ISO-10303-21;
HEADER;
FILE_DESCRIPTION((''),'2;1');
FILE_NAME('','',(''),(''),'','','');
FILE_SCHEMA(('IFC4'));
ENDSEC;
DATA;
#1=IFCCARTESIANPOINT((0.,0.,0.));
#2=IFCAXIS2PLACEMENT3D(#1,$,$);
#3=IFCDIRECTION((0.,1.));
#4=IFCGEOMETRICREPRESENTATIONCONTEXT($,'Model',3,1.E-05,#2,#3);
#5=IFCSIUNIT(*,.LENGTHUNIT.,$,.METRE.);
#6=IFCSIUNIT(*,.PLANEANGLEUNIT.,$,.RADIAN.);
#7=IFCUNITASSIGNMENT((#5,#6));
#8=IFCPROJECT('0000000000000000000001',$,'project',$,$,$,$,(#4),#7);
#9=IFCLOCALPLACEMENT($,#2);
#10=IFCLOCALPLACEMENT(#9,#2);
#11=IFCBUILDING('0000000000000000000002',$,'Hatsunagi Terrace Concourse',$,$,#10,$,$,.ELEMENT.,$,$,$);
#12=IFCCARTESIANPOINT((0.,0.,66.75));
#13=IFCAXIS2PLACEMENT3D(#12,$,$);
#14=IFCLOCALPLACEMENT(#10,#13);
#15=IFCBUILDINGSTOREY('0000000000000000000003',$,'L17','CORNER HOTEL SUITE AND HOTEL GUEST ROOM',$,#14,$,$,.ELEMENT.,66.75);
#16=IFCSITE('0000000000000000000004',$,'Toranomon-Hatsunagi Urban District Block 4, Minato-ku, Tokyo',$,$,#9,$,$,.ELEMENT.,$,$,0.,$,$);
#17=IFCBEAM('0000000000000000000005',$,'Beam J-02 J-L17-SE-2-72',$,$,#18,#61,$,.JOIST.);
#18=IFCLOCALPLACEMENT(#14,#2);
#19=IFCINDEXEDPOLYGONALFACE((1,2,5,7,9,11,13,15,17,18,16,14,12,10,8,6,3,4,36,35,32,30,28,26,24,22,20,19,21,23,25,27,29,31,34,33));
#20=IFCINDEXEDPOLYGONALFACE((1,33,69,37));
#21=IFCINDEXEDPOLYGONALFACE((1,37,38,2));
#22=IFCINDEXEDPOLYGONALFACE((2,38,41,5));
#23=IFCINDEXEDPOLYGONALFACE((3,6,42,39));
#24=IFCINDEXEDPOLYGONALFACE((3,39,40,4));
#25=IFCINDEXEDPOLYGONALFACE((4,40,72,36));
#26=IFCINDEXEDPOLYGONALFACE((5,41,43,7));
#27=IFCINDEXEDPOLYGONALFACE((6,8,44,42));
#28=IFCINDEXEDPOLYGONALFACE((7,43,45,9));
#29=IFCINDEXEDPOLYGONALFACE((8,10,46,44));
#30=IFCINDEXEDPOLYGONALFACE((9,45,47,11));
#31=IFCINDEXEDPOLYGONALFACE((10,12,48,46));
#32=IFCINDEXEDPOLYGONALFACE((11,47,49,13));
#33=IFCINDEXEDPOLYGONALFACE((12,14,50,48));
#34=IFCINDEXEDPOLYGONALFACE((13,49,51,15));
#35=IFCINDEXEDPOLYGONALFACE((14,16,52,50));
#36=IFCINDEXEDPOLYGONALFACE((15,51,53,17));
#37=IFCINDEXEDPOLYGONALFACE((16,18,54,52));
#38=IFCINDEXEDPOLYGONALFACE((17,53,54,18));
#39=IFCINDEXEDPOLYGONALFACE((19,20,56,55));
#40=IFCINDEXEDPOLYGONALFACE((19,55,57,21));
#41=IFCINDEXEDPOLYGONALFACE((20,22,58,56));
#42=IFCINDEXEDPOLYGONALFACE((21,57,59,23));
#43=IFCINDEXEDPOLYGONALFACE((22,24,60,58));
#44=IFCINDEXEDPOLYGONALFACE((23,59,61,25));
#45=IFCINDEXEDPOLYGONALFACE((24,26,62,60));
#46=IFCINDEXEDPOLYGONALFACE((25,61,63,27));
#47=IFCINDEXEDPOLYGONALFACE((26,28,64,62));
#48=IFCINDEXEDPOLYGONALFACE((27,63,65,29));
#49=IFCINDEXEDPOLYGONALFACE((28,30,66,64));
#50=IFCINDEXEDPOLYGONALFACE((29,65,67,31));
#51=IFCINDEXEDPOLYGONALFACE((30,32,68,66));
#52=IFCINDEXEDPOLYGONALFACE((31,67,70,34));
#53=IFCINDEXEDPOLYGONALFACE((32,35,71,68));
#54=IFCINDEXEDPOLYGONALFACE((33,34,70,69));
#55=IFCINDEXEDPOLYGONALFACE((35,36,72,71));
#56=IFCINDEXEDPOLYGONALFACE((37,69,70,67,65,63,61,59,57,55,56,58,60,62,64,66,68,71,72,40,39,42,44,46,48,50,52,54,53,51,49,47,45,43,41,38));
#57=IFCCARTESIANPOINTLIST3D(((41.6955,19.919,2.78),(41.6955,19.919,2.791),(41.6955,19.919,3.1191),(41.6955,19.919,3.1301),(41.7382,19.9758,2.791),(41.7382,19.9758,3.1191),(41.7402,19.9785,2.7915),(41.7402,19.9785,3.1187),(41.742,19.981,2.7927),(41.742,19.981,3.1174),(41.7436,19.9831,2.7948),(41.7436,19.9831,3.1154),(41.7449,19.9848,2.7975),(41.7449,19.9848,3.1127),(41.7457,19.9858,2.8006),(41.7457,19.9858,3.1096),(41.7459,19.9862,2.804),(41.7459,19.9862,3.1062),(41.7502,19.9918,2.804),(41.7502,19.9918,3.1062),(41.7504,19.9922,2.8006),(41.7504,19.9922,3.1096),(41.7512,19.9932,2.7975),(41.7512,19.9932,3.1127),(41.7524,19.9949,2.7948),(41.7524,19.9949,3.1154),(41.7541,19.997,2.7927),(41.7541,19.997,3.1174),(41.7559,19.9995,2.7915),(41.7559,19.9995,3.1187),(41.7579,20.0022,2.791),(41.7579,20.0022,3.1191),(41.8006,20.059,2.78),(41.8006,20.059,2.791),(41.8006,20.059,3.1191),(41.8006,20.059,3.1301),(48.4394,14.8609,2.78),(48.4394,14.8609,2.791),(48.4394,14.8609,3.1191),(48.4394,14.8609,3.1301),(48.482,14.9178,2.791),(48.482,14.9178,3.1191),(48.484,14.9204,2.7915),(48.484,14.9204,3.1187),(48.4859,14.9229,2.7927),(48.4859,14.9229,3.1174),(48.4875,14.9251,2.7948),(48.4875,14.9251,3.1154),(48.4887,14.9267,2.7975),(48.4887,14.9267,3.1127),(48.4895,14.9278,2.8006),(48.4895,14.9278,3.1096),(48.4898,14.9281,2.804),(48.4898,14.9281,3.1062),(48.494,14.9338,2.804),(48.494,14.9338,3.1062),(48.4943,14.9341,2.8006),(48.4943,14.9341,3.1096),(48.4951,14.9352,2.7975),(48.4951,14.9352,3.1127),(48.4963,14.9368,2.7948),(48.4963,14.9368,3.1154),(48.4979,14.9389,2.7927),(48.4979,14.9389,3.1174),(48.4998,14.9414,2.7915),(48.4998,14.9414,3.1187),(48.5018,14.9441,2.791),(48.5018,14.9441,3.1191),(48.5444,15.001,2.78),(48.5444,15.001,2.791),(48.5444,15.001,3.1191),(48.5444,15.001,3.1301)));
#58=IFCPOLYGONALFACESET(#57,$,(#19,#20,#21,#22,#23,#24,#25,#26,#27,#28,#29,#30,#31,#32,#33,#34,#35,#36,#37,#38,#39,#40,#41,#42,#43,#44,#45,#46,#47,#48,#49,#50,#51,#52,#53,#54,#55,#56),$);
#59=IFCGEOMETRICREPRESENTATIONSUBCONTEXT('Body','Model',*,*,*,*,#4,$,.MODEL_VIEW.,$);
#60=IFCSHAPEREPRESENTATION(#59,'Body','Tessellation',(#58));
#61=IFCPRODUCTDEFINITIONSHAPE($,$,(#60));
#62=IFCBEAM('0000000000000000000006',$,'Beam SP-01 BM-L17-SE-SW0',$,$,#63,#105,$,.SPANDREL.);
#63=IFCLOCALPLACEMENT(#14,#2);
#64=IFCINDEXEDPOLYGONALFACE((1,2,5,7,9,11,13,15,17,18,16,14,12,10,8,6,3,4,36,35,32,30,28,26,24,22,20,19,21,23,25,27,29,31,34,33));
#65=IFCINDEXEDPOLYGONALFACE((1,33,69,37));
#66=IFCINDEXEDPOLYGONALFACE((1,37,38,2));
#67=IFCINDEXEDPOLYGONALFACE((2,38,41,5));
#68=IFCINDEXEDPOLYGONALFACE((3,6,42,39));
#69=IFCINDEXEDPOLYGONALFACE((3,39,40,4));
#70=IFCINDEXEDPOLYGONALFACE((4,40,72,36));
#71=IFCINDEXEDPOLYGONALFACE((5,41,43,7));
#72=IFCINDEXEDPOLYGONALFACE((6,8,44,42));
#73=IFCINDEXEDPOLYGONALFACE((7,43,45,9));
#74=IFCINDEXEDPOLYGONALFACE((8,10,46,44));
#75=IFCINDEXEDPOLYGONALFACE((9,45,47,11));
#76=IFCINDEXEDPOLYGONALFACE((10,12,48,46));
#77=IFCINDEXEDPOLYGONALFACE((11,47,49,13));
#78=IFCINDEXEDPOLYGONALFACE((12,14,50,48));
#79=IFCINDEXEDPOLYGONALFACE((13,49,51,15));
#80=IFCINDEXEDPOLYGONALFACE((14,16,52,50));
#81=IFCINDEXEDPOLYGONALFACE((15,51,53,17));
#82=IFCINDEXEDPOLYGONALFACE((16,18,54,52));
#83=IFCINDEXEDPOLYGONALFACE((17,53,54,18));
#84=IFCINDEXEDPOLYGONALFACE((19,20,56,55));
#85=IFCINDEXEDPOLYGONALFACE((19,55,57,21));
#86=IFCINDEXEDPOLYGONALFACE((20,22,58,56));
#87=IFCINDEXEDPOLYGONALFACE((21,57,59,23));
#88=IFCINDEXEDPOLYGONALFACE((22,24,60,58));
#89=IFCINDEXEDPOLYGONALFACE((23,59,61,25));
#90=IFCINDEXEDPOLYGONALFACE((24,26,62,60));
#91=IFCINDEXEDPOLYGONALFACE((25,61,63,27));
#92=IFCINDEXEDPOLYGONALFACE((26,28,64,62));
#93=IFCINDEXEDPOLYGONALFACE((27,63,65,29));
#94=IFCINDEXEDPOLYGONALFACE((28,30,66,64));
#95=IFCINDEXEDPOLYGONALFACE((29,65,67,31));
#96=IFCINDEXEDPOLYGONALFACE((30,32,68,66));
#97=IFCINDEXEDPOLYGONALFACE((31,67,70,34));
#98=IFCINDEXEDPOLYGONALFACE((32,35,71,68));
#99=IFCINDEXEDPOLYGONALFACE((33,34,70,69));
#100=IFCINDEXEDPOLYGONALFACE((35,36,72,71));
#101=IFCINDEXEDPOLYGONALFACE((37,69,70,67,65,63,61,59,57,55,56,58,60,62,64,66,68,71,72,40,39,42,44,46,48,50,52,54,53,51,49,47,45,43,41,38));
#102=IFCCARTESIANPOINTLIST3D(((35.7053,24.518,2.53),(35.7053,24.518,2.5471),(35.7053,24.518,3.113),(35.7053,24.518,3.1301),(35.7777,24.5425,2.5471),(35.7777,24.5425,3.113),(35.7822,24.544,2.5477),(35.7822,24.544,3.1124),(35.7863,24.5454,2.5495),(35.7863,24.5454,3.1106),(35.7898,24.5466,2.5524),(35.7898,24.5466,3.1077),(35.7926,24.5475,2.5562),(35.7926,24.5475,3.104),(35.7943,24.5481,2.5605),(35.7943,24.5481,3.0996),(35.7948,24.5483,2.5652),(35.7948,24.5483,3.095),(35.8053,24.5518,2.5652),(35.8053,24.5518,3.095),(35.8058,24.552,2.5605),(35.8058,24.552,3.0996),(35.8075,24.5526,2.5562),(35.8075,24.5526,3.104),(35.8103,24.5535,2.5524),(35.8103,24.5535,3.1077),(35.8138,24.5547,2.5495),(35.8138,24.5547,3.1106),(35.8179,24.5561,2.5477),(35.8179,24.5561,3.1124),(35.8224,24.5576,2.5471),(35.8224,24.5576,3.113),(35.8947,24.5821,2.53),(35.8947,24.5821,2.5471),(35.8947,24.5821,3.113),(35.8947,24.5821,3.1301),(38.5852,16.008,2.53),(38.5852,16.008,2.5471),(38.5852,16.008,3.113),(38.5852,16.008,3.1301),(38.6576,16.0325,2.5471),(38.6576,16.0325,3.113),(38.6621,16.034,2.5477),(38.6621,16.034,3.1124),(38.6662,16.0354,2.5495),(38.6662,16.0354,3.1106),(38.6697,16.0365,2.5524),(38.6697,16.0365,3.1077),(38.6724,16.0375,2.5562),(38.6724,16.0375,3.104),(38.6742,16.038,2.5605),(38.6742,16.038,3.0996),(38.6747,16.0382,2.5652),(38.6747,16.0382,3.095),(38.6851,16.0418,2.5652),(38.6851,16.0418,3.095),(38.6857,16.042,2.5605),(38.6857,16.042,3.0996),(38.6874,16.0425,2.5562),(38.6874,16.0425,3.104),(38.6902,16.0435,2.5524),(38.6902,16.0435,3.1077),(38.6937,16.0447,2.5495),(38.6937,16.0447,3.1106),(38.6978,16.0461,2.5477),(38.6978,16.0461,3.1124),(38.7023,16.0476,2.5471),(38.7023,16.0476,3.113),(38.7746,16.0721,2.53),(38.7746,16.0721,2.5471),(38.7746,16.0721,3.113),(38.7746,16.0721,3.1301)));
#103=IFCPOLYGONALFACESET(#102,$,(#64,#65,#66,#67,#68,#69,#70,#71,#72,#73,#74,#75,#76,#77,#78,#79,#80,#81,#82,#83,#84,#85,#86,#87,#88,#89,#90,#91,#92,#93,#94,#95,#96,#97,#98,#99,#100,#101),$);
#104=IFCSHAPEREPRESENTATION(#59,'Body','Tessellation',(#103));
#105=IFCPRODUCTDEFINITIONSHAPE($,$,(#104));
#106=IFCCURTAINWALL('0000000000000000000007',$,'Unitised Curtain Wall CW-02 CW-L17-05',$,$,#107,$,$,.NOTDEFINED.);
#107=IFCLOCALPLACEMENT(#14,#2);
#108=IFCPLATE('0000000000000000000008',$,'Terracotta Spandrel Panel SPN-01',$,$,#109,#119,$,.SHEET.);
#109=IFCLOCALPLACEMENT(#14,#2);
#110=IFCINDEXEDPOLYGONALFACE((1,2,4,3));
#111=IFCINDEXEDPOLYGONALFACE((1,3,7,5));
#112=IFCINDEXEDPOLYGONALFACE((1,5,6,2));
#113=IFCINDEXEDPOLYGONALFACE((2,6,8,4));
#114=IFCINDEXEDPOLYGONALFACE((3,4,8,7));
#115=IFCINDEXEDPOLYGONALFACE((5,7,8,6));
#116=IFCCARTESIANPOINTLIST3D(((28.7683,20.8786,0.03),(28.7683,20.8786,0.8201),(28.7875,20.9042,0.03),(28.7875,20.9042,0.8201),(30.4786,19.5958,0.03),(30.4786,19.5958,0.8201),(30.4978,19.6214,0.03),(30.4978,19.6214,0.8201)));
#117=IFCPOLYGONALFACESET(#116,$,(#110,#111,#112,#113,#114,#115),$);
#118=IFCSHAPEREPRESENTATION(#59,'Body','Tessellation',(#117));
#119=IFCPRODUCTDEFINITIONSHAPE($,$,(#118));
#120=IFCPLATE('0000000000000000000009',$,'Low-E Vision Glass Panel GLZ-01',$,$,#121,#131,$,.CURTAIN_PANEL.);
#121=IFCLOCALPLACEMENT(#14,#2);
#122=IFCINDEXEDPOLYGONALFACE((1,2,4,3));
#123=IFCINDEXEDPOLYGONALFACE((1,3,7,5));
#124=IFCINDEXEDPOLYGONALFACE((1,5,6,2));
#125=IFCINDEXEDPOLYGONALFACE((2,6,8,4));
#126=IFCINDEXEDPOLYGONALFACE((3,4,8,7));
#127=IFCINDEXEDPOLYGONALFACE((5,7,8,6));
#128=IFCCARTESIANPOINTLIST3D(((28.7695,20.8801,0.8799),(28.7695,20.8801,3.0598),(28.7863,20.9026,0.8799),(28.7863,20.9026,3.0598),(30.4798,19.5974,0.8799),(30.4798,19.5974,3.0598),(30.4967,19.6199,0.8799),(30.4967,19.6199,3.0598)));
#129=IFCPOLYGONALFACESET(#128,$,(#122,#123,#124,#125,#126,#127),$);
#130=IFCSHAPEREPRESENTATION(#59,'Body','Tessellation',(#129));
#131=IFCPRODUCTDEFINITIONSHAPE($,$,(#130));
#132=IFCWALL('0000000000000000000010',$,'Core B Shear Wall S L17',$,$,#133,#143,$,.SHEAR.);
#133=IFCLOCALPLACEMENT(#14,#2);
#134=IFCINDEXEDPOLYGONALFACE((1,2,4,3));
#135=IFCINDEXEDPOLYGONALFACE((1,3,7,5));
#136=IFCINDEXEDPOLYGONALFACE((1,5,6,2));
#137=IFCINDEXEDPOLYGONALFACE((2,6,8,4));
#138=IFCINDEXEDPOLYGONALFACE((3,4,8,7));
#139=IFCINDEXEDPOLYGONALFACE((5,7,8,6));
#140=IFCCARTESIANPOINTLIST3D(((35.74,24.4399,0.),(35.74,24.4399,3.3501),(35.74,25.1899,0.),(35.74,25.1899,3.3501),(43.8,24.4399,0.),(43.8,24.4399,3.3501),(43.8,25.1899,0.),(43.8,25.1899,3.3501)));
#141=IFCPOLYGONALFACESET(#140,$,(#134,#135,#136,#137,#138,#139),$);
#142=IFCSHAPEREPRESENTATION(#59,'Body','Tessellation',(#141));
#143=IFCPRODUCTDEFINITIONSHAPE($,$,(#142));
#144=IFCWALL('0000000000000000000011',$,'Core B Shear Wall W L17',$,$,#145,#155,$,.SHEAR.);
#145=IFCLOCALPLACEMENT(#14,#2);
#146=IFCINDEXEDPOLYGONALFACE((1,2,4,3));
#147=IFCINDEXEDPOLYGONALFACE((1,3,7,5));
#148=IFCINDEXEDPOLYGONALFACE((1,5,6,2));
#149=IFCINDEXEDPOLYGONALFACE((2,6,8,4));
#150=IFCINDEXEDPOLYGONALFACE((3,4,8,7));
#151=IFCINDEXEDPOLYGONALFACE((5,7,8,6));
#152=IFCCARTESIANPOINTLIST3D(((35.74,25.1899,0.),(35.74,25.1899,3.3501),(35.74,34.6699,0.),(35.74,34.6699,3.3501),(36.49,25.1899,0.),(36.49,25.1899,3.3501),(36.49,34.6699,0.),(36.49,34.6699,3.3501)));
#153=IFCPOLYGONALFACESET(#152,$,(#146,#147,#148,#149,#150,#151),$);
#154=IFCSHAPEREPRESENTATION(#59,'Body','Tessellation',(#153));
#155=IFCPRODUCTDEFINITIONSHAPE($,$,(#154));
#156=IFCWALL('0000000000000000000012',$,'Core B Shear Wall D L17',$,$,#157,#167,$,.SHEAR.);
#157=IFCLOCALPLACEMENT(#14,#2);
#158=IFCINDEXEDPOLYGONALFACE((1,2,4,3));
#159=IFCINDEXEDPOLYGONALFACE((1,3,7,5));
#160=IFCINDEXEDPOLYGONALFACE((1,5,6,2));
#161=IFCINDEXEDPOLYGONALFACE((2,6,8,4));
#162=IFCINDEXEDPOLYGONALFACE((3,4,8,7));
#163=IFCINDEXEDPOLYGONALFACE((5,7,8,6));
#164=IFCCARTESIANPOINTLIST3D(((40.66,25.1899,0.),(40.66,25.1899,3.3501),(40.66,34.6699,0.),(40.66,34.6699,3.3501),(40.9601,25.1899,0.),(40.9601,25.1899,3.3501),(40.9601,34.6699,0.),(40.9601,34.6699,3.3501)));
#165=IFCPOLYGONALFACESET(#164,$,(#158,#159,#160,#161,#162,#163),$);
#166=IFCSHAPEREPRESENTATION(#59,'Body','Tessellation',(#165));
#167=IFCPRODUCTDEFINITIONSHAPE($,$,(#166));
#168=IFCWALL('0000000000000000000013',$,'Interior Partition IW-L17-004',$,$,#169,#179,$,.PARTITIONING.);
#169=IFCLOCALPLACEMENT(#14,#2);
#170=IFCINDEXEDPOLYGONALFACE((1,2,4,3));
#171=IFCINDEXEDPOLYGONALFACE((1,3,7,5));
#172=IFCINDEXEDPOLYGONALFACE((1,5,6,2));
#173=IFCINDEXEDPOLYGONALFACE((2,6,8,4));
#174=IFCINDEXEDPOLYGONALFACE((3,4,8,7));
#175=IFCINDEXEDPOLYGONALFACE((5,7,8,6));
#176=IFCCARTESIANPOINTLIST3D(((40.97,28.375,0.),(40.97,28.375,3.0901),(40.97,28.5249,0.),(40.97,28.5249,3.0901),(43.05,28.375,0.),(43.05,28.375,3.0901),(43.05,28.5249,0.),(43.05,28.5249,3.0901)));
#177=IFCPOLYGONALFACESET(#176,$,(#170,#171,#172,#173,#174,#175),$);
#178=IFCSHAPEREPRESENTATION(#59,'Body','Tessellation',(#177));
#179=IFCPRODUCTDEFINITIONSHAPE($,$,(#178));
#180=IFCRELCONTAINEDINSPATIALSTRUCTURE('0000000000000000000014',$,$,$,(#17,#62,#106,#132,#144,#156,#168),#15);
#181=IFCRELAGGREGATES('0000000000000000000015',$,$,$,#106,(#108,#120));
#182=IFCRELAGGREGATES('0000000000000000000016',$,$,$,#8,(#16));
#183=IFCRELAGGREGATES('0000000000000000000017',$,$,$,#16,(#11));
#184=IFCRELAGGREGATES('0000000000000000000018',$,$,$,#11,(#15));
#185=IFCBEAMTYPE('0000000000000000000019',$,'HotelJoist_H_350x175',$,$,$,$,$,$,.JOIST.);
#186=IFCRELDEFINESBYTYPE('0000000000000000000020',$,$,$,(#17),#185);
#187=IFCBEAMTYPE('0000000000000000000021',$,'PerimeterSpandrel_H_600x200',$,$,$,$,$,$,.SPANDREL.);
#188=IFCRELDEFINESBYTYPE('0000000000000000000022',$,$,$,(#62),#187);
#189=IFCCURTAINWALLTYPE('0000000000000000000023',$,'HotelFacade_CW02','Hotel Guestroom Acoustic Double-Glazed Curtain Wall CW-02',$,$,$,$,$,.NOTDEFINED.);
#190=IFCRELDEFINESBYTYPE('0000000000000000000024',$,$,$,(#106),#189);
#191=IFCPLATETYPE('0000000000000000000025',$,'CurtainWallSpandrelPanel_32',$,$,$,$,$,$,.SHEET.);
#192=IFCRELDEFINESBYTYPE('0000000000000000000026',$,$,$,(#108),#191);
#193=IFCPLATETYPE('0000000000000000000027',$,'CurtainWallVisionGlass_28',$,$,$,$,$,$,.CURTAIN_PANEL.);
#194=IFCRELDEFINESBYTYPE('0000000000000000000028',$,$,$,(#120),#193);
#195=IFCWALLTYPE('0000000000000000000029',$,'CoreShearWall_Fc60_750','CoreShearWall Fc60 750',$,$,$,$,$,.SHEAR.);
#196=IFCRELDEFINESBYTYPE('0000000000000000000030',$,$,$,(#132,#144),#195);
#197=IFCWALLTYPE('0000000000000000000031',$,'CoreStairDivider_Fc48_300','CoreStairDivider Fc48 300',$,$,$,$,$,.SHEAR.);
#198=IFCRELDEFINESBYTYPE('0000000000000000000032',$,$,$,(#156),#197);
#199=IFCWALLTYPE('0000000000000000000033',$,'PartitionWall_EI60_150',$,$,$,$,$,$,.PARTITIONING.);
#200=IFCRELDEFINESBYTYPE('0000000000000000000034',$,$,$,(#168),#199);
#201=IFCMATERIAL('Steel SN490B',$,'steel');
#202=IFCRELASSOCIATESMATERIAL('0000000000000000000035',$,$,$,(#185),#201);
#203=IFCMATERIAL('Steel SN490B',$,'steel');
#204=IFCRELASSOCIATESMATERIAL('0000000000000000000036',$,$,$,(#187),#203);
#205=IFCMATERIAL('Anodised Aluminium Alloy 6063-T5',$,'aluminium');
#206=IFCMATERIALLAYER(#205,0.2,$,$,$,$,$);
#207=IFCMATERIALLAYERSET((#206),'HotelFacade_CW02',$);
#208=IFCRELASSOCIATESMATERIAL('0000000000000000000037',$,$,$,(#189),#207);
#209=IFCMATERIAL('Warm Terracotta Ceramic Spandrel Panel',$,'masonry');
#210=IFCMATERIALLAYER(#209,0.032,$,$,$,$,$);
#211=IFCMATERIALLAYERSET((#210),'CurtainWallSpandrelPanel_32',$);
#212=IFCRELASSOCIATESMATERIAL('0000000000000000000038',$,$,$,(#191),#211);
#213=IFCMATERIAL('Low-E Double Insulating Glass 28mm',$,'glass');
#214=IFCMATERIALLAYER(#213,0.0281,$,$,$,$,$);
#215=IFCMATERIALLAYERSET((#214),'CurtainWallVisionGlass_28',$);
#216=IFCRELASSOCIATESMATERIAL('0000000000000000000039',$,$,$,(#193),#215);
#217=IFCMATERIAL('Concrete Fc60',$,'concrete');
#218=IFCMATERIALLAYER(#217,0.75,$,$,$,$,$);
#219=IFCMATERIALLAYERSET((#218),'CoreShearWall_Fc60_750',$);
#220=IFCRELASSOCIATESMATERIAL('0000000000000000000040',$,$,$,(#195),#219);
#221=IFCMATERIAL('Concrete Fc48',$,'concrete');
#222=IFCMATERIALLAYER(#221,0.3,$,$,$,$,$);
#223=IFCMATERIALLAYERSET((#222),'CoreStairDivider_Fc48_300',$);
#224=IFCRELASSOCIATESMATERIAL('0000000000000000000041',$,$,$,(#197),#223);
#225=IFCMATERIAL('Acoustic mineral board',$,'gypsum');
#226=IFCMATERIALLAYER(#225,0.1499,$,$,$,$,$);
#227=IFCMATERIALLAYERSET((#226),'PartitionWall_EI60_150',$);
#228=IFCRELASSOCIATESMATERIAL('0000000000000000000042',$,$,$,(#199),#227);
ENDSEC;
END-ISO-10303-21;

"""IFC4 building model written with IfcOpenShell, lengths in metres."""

from ifc_helpers import new_model, si_unit, direction, frame, frame_2d, origin, origin_2d, place, context, subcontext, project, spatial, rectangle, i_section, extrude, material, layer, layer_set, material_profile, profile_set, type_object, element, aggregate, save


model = new_model("IFC4")

# Units and contexts
model_context = context("Model", 3, precision=1e-05, world=origin(), true_north=direction((0.0, 1.0)))
body_context = subcontext(model_context, "Body", "Model", "MODEL_VIEW")
ifc_project = project(units=[si_unit("LENGTHUNIT", "METRE"), si_unit("PLANEANGLEUNIT", "RADIAN")], contexts=[model_context])

# Site, building, storey
site_placement = place(None, origin())
site = spatial("IfcSite", under=ifc_project, at=site_placement, Name="Toranomon-Hatsunagi Urban District Block 4, Minato-ku, Tokyo", CompositionType="ELEMENT", RefElevation=0.0)
building_placement = place(site_placement, origin())
building = spatial("IfcBuilding", under=site, at=building_placement, Name="Hatsunagi Terrace Concourse", CompositionType="ELEMENT")
storey_placement = place(building_placement, frame((0.0, 0.0, 66.75)))
storey = spatial("IfcBuildingStorey", under=building, at=storey_placement, Name="L17", Description="CORNER HOTEL SUITE AND HOTEL GUEST ROOM", CompositionType="ELEMENT", Elevation=66.75)

# Beams
ifc_material_1 = material(Name="Steel SN490B", Category="steel")
ifc_material_profile_1 = material_profile(ifc_material_1, i_section(OverallWidth=0.175, OverallDepth=0.3501, WebThickness=0.0071, FlangeThickness=0.011, FilletRadius=0.0129, at=origin_2d()), Name="H-350x175x7x11")
ifc_profile_set_1 = profile_set([ifc_material_profile_1], Name="Steel SN490B")
beam_type_1 = type_object("IfcBeamType", Name="HotelJoist_H_350x175", PredefinedType="JOIST", material=ifc_profile_set_1)
beam_1_placement = place(storey_placement, frame((41.748, 19.989, 2.9551), z_axis=(0.79999, -0.600014, 0.0), x_axis=(0.600014, 0.79999, 0.0)))
element("IfcBeam", 1, at=beam_1_placement, inside=storey, type_object=beam_type_1, Name="Beam J-02 J-L17-SE-2-72", PredefinedType="JOIST", context=body_context, shape_type="SweptSolid", body=[
    extrude(i_section(OverallWidth=0.175, OverallDepth=0.3501, WebThickness=0.0071, FlangeThickness=0.011, FilletRadius=0.0129, at=origin_2d()), origin(), (0.0, 0.0, 1.0), 8.4299),
])
ifc_material_2 = material(Name="Steel SN490B", Category="steel")
ifc_material_profile_2 = material_profile(ifc_material_2, i_section(OverallWidth=0.2, OverallDepth=0.6001, WebThickness=0.011, FlangeThickness=0.0171, FilletRadius=0.0181, at=origin_2d()), Name="H-600x200x11x17")
ifc_profile_set_2 = profile_set([ifc_material_profile_2], Name="Steel SN490B")
beam_type_2 = type_object("IfcBeamType", Name="PerimeterSpandrel_H_600x200", PredefinedType="SPANDREL", material=ifc_profile_set_2)
beam_2_placement = place(storey_placement, frame((35.8, 24.55, 2.8301), z_axis=(0.320553, -0.94723, 0.0), x_axis=(0.94723, 0.320553, 0.0)))
element("IfcBeam", 2, at=beam_2_placement, inside=storey, type_object=beam_type_2, Name="Beam SP-01 BM-L17-SE-SW0", PredefinedType="SPANDREL", context=body_context, shape_type="SweptSolid", body=[
    extrude(i_section(OverallWidth=0.2, OverallDepth=0.6001, WebThickness=0.011, FlangeThickness=0.0171, FilletRadius=0.0181, at=origin_2d()), origin(), (0.0, 0.0, 1.0), 8.9841),
])

# Curtain wall, plates
ifc_material_3 = material(Name="Anodised Aluminium Alloy 6063-T5", Category="aluminium")
ifc_layer_1 = layer(ifc_material_3, 0.2)
ifc_layer_set_1 = layer_set([ifc_layer_1], Name="HotelFacade_CW02")
curtain_wall_type = type_object("IfcCurtainWallType", Name="HotelFacade_CW02", Description="Hotel Guestroom Acoustic Double-Glazed Curtain Wall CW-02", PredefinedType="NOTDEFINED", material=ifc_layer_set_1)
curtain_wall_placement = place(storey_placement, origin())
curtain_wall = element("IfcCurtainWall", 3, at=curtain_wall_placement, inside=storey, type_object=curtain_wall_type, Name="Unitised Curtain Wall CW-02 CW-L17-05", PredefinedType="NOTDEFINED")
ifc_material_4 = material(Name="Warm Terracotta Ceramic Spandrel Panel", Category="masonry")
ifc_layer_2 = layer(ifc_material_4, 0.032)
ifc_layer_set_2 = layer_set([ifc_layer_2], Name="CurtainWallSpandrelPanel_32")
plate_type_1 = type_object("IfcPlateType", Name="CurtainWallSpandrelPanel_32", PredefinedType="SHEET", material=ifc_layer_set_2)
plate_1_placement = place(storey_placement, frame((29.6331, 20.25, 0.03), z_axis=(0.0, 0.0, 1.0), x_axis=(-0.800003, 0.599996, 0.0)))
plate_1 = element("IfcPlate", 4, at=plate_1_placement, type_object=plate_type_1, Name="Terracotta Spandrel Panel SPN-01", PredefinedType="SHEET", context=body_context, shape_type="SweptSolid", body=[
    extrude(rectangle(XDim=2.1379, YDim=0.032, at=origin_2d()), origin(), (0.0, 0.0, 1.0), 0.79),
])
ifc_material_5 = material(Name="Low-E Double Insulating Glass 28mm", Category="glass")
ifc_layer_3 = layer(ifc_material_5, 0.0281)
ifc_layer_set_3 = layer_set([ifc_layer_3], Name="CurtainWallVisionGlass_28")
plate_type_2 = type_object("IfcPlateType", Name="CurtainWallVisionGlass_28", PredefinedType="CURTAIN_PANEL", material=ifc_layer_set_3)
plate_2_placement = place(storey_placement, frame((29.6331, 20.25, 0.8799), z_axis=(0.0, 0.0, 1.0), x_axis=(-0.800003, 0.599996, 0.0)))
plate_2 = element("IfcPlate", 5, at=plate_2_placement, type_object=plate_type_2, Name="Low-E Vision Glass Panel GLZ-01", PredefinedType="CURTAIN_PANEL", context=body_context, shape_type="SweptSolid", body=[
    extrude(rectangle(XDim=2.1379, YDim=0.0281, at=origin_2d()), origin(), (0.0, 0.0, 1.0), 2.1799),
])
aggregate(curtain_wall, [plate_1, plate_2])

# Walls
ifc_material_6 = material(Name="Concrete Fc60", Category="concrete")
ifc_layer_4 = layer(ifc_material_6, 0.75)
ifc_layer_set_4 = layer_set([ifc_layer_4], Name="CoreShearWall_Fc60_750")
wall_type_1 = type_object("IfcWallType", Name="CoreShearWall_Fc60_750", Description="CoreShearWall Fc60 750", PredefinedType="SHEAR", material=ifc_layer_set_4)
wall_1_placement = place(storey_placement, frame((35.74, 24.8149, 0.0), z_axis=(0.0, 0.0, 1.0), x_axis=(1.0, 0.0, 0.0)))
element("IfcWall", 6, at=wall_1_placement, inside=storey, type_object=wall_type_1, Name="Core B Shear Wall S L17", PredefinedType="SHEAR", context=body_context, shape_type="SweptSolid", body=[
    extrude(rectangle(XDim=8.0601, YDim=0.75, at=frame_2d((4.03, 0.0))), origin(), (0.0, 0.0, 1.0), 3.3501),
])
wall_2_placement = place(storey_placement, frame((36.115, 25.1899, 0.0), z_axis=(0.0, 0.0, 1.0), x_axis=(0.0, 1.0, 0.0)))
element("IfcWall", 7, at=wall_2_placement, inside=storey, type_object=wall_type_1, Name="Core B Shear Wall W L17", PredefinedType="SHEAR", context=body_context, shape_type="SweptSolid", body=[
    extrude(rectangle(XDim=9.48, YDim=0.75, at=frame_2d((4.74, 0.0))), origin(), (0.0, 0.0, 1.0), 3.3501),
])
ifc_material_7 = material(Name="Concrete Fc48", Category="concrete")
ifc_layer_5 = layer(ifc_material_7, 0.3)
ifc_layer_set_5 = layer_set([ifc_layer_5], Name="CoreStairDivider_Fc48_300")
wall_type_2 = type_object("IfcWallType", Name="CoreStairDivider_Fc48_300", Description="CoreStairDivider Fc48 300", PredefinedType="SHEAR", material=ifc_layer_set_5)
wall_3_placement = place(storey_placement, frame((40.8101, 25.1899, 0.0), z_axis=(0.0, 0.0, 1.0), x_axis=(0.0, 1.0, 0.0)))
element("IfcWall", 8, at=wall_3_placement, inside=storey, type_object=wall_type_2, Name="Core B Shear Wall D L17", PredefinedType="SHEAR", context=body_context, shape_type="SweptSolid", body=[
    extrude(rectangle(XDim=9.48, YDim=0.3, at=frame_2d((4.74, 0.0))), origin(), (0.0, 0.0, 1.0), 3.3501),
])
ifc_material_8 = material(Name="Acoustic mineral board", Category="gypsum")
ifc_layer_6 = layer(ifc_material_8, 0.1499)
ifc_layer_set_6 = layer_set([ifc_layer_6], Name="PartitionWall_EI60_150")
wall_type_3 = type_object("IfcWallType", Name="PartitionWall_EI60_150", PredefinedType="PARTITIONING", material=ifc_layer_set_6)
wall_4_placement = place(storey_placement, frame((40.97, 28.45, 0.0), z_axis=(0.0, 0.0, 1.0), x_axis=(1.0, 0.0, 0.0)))
element("IfcWall", 9, at=wall_4_placement, inside=storey, type_object=wall_type_3, Name="Interior Partition IW-L17-004", PredefinedType="PARTITIONING", context=body_context, shape_type="SweptSolid", body=[
    extrude(rectangle(XDim=2.0801, YDim=0.1499, at=frame_2d((1.04, 0.0))), origin(), (0.0, 0.0, 1.0), 3.0901),
])

save(model, "model.ifc")
